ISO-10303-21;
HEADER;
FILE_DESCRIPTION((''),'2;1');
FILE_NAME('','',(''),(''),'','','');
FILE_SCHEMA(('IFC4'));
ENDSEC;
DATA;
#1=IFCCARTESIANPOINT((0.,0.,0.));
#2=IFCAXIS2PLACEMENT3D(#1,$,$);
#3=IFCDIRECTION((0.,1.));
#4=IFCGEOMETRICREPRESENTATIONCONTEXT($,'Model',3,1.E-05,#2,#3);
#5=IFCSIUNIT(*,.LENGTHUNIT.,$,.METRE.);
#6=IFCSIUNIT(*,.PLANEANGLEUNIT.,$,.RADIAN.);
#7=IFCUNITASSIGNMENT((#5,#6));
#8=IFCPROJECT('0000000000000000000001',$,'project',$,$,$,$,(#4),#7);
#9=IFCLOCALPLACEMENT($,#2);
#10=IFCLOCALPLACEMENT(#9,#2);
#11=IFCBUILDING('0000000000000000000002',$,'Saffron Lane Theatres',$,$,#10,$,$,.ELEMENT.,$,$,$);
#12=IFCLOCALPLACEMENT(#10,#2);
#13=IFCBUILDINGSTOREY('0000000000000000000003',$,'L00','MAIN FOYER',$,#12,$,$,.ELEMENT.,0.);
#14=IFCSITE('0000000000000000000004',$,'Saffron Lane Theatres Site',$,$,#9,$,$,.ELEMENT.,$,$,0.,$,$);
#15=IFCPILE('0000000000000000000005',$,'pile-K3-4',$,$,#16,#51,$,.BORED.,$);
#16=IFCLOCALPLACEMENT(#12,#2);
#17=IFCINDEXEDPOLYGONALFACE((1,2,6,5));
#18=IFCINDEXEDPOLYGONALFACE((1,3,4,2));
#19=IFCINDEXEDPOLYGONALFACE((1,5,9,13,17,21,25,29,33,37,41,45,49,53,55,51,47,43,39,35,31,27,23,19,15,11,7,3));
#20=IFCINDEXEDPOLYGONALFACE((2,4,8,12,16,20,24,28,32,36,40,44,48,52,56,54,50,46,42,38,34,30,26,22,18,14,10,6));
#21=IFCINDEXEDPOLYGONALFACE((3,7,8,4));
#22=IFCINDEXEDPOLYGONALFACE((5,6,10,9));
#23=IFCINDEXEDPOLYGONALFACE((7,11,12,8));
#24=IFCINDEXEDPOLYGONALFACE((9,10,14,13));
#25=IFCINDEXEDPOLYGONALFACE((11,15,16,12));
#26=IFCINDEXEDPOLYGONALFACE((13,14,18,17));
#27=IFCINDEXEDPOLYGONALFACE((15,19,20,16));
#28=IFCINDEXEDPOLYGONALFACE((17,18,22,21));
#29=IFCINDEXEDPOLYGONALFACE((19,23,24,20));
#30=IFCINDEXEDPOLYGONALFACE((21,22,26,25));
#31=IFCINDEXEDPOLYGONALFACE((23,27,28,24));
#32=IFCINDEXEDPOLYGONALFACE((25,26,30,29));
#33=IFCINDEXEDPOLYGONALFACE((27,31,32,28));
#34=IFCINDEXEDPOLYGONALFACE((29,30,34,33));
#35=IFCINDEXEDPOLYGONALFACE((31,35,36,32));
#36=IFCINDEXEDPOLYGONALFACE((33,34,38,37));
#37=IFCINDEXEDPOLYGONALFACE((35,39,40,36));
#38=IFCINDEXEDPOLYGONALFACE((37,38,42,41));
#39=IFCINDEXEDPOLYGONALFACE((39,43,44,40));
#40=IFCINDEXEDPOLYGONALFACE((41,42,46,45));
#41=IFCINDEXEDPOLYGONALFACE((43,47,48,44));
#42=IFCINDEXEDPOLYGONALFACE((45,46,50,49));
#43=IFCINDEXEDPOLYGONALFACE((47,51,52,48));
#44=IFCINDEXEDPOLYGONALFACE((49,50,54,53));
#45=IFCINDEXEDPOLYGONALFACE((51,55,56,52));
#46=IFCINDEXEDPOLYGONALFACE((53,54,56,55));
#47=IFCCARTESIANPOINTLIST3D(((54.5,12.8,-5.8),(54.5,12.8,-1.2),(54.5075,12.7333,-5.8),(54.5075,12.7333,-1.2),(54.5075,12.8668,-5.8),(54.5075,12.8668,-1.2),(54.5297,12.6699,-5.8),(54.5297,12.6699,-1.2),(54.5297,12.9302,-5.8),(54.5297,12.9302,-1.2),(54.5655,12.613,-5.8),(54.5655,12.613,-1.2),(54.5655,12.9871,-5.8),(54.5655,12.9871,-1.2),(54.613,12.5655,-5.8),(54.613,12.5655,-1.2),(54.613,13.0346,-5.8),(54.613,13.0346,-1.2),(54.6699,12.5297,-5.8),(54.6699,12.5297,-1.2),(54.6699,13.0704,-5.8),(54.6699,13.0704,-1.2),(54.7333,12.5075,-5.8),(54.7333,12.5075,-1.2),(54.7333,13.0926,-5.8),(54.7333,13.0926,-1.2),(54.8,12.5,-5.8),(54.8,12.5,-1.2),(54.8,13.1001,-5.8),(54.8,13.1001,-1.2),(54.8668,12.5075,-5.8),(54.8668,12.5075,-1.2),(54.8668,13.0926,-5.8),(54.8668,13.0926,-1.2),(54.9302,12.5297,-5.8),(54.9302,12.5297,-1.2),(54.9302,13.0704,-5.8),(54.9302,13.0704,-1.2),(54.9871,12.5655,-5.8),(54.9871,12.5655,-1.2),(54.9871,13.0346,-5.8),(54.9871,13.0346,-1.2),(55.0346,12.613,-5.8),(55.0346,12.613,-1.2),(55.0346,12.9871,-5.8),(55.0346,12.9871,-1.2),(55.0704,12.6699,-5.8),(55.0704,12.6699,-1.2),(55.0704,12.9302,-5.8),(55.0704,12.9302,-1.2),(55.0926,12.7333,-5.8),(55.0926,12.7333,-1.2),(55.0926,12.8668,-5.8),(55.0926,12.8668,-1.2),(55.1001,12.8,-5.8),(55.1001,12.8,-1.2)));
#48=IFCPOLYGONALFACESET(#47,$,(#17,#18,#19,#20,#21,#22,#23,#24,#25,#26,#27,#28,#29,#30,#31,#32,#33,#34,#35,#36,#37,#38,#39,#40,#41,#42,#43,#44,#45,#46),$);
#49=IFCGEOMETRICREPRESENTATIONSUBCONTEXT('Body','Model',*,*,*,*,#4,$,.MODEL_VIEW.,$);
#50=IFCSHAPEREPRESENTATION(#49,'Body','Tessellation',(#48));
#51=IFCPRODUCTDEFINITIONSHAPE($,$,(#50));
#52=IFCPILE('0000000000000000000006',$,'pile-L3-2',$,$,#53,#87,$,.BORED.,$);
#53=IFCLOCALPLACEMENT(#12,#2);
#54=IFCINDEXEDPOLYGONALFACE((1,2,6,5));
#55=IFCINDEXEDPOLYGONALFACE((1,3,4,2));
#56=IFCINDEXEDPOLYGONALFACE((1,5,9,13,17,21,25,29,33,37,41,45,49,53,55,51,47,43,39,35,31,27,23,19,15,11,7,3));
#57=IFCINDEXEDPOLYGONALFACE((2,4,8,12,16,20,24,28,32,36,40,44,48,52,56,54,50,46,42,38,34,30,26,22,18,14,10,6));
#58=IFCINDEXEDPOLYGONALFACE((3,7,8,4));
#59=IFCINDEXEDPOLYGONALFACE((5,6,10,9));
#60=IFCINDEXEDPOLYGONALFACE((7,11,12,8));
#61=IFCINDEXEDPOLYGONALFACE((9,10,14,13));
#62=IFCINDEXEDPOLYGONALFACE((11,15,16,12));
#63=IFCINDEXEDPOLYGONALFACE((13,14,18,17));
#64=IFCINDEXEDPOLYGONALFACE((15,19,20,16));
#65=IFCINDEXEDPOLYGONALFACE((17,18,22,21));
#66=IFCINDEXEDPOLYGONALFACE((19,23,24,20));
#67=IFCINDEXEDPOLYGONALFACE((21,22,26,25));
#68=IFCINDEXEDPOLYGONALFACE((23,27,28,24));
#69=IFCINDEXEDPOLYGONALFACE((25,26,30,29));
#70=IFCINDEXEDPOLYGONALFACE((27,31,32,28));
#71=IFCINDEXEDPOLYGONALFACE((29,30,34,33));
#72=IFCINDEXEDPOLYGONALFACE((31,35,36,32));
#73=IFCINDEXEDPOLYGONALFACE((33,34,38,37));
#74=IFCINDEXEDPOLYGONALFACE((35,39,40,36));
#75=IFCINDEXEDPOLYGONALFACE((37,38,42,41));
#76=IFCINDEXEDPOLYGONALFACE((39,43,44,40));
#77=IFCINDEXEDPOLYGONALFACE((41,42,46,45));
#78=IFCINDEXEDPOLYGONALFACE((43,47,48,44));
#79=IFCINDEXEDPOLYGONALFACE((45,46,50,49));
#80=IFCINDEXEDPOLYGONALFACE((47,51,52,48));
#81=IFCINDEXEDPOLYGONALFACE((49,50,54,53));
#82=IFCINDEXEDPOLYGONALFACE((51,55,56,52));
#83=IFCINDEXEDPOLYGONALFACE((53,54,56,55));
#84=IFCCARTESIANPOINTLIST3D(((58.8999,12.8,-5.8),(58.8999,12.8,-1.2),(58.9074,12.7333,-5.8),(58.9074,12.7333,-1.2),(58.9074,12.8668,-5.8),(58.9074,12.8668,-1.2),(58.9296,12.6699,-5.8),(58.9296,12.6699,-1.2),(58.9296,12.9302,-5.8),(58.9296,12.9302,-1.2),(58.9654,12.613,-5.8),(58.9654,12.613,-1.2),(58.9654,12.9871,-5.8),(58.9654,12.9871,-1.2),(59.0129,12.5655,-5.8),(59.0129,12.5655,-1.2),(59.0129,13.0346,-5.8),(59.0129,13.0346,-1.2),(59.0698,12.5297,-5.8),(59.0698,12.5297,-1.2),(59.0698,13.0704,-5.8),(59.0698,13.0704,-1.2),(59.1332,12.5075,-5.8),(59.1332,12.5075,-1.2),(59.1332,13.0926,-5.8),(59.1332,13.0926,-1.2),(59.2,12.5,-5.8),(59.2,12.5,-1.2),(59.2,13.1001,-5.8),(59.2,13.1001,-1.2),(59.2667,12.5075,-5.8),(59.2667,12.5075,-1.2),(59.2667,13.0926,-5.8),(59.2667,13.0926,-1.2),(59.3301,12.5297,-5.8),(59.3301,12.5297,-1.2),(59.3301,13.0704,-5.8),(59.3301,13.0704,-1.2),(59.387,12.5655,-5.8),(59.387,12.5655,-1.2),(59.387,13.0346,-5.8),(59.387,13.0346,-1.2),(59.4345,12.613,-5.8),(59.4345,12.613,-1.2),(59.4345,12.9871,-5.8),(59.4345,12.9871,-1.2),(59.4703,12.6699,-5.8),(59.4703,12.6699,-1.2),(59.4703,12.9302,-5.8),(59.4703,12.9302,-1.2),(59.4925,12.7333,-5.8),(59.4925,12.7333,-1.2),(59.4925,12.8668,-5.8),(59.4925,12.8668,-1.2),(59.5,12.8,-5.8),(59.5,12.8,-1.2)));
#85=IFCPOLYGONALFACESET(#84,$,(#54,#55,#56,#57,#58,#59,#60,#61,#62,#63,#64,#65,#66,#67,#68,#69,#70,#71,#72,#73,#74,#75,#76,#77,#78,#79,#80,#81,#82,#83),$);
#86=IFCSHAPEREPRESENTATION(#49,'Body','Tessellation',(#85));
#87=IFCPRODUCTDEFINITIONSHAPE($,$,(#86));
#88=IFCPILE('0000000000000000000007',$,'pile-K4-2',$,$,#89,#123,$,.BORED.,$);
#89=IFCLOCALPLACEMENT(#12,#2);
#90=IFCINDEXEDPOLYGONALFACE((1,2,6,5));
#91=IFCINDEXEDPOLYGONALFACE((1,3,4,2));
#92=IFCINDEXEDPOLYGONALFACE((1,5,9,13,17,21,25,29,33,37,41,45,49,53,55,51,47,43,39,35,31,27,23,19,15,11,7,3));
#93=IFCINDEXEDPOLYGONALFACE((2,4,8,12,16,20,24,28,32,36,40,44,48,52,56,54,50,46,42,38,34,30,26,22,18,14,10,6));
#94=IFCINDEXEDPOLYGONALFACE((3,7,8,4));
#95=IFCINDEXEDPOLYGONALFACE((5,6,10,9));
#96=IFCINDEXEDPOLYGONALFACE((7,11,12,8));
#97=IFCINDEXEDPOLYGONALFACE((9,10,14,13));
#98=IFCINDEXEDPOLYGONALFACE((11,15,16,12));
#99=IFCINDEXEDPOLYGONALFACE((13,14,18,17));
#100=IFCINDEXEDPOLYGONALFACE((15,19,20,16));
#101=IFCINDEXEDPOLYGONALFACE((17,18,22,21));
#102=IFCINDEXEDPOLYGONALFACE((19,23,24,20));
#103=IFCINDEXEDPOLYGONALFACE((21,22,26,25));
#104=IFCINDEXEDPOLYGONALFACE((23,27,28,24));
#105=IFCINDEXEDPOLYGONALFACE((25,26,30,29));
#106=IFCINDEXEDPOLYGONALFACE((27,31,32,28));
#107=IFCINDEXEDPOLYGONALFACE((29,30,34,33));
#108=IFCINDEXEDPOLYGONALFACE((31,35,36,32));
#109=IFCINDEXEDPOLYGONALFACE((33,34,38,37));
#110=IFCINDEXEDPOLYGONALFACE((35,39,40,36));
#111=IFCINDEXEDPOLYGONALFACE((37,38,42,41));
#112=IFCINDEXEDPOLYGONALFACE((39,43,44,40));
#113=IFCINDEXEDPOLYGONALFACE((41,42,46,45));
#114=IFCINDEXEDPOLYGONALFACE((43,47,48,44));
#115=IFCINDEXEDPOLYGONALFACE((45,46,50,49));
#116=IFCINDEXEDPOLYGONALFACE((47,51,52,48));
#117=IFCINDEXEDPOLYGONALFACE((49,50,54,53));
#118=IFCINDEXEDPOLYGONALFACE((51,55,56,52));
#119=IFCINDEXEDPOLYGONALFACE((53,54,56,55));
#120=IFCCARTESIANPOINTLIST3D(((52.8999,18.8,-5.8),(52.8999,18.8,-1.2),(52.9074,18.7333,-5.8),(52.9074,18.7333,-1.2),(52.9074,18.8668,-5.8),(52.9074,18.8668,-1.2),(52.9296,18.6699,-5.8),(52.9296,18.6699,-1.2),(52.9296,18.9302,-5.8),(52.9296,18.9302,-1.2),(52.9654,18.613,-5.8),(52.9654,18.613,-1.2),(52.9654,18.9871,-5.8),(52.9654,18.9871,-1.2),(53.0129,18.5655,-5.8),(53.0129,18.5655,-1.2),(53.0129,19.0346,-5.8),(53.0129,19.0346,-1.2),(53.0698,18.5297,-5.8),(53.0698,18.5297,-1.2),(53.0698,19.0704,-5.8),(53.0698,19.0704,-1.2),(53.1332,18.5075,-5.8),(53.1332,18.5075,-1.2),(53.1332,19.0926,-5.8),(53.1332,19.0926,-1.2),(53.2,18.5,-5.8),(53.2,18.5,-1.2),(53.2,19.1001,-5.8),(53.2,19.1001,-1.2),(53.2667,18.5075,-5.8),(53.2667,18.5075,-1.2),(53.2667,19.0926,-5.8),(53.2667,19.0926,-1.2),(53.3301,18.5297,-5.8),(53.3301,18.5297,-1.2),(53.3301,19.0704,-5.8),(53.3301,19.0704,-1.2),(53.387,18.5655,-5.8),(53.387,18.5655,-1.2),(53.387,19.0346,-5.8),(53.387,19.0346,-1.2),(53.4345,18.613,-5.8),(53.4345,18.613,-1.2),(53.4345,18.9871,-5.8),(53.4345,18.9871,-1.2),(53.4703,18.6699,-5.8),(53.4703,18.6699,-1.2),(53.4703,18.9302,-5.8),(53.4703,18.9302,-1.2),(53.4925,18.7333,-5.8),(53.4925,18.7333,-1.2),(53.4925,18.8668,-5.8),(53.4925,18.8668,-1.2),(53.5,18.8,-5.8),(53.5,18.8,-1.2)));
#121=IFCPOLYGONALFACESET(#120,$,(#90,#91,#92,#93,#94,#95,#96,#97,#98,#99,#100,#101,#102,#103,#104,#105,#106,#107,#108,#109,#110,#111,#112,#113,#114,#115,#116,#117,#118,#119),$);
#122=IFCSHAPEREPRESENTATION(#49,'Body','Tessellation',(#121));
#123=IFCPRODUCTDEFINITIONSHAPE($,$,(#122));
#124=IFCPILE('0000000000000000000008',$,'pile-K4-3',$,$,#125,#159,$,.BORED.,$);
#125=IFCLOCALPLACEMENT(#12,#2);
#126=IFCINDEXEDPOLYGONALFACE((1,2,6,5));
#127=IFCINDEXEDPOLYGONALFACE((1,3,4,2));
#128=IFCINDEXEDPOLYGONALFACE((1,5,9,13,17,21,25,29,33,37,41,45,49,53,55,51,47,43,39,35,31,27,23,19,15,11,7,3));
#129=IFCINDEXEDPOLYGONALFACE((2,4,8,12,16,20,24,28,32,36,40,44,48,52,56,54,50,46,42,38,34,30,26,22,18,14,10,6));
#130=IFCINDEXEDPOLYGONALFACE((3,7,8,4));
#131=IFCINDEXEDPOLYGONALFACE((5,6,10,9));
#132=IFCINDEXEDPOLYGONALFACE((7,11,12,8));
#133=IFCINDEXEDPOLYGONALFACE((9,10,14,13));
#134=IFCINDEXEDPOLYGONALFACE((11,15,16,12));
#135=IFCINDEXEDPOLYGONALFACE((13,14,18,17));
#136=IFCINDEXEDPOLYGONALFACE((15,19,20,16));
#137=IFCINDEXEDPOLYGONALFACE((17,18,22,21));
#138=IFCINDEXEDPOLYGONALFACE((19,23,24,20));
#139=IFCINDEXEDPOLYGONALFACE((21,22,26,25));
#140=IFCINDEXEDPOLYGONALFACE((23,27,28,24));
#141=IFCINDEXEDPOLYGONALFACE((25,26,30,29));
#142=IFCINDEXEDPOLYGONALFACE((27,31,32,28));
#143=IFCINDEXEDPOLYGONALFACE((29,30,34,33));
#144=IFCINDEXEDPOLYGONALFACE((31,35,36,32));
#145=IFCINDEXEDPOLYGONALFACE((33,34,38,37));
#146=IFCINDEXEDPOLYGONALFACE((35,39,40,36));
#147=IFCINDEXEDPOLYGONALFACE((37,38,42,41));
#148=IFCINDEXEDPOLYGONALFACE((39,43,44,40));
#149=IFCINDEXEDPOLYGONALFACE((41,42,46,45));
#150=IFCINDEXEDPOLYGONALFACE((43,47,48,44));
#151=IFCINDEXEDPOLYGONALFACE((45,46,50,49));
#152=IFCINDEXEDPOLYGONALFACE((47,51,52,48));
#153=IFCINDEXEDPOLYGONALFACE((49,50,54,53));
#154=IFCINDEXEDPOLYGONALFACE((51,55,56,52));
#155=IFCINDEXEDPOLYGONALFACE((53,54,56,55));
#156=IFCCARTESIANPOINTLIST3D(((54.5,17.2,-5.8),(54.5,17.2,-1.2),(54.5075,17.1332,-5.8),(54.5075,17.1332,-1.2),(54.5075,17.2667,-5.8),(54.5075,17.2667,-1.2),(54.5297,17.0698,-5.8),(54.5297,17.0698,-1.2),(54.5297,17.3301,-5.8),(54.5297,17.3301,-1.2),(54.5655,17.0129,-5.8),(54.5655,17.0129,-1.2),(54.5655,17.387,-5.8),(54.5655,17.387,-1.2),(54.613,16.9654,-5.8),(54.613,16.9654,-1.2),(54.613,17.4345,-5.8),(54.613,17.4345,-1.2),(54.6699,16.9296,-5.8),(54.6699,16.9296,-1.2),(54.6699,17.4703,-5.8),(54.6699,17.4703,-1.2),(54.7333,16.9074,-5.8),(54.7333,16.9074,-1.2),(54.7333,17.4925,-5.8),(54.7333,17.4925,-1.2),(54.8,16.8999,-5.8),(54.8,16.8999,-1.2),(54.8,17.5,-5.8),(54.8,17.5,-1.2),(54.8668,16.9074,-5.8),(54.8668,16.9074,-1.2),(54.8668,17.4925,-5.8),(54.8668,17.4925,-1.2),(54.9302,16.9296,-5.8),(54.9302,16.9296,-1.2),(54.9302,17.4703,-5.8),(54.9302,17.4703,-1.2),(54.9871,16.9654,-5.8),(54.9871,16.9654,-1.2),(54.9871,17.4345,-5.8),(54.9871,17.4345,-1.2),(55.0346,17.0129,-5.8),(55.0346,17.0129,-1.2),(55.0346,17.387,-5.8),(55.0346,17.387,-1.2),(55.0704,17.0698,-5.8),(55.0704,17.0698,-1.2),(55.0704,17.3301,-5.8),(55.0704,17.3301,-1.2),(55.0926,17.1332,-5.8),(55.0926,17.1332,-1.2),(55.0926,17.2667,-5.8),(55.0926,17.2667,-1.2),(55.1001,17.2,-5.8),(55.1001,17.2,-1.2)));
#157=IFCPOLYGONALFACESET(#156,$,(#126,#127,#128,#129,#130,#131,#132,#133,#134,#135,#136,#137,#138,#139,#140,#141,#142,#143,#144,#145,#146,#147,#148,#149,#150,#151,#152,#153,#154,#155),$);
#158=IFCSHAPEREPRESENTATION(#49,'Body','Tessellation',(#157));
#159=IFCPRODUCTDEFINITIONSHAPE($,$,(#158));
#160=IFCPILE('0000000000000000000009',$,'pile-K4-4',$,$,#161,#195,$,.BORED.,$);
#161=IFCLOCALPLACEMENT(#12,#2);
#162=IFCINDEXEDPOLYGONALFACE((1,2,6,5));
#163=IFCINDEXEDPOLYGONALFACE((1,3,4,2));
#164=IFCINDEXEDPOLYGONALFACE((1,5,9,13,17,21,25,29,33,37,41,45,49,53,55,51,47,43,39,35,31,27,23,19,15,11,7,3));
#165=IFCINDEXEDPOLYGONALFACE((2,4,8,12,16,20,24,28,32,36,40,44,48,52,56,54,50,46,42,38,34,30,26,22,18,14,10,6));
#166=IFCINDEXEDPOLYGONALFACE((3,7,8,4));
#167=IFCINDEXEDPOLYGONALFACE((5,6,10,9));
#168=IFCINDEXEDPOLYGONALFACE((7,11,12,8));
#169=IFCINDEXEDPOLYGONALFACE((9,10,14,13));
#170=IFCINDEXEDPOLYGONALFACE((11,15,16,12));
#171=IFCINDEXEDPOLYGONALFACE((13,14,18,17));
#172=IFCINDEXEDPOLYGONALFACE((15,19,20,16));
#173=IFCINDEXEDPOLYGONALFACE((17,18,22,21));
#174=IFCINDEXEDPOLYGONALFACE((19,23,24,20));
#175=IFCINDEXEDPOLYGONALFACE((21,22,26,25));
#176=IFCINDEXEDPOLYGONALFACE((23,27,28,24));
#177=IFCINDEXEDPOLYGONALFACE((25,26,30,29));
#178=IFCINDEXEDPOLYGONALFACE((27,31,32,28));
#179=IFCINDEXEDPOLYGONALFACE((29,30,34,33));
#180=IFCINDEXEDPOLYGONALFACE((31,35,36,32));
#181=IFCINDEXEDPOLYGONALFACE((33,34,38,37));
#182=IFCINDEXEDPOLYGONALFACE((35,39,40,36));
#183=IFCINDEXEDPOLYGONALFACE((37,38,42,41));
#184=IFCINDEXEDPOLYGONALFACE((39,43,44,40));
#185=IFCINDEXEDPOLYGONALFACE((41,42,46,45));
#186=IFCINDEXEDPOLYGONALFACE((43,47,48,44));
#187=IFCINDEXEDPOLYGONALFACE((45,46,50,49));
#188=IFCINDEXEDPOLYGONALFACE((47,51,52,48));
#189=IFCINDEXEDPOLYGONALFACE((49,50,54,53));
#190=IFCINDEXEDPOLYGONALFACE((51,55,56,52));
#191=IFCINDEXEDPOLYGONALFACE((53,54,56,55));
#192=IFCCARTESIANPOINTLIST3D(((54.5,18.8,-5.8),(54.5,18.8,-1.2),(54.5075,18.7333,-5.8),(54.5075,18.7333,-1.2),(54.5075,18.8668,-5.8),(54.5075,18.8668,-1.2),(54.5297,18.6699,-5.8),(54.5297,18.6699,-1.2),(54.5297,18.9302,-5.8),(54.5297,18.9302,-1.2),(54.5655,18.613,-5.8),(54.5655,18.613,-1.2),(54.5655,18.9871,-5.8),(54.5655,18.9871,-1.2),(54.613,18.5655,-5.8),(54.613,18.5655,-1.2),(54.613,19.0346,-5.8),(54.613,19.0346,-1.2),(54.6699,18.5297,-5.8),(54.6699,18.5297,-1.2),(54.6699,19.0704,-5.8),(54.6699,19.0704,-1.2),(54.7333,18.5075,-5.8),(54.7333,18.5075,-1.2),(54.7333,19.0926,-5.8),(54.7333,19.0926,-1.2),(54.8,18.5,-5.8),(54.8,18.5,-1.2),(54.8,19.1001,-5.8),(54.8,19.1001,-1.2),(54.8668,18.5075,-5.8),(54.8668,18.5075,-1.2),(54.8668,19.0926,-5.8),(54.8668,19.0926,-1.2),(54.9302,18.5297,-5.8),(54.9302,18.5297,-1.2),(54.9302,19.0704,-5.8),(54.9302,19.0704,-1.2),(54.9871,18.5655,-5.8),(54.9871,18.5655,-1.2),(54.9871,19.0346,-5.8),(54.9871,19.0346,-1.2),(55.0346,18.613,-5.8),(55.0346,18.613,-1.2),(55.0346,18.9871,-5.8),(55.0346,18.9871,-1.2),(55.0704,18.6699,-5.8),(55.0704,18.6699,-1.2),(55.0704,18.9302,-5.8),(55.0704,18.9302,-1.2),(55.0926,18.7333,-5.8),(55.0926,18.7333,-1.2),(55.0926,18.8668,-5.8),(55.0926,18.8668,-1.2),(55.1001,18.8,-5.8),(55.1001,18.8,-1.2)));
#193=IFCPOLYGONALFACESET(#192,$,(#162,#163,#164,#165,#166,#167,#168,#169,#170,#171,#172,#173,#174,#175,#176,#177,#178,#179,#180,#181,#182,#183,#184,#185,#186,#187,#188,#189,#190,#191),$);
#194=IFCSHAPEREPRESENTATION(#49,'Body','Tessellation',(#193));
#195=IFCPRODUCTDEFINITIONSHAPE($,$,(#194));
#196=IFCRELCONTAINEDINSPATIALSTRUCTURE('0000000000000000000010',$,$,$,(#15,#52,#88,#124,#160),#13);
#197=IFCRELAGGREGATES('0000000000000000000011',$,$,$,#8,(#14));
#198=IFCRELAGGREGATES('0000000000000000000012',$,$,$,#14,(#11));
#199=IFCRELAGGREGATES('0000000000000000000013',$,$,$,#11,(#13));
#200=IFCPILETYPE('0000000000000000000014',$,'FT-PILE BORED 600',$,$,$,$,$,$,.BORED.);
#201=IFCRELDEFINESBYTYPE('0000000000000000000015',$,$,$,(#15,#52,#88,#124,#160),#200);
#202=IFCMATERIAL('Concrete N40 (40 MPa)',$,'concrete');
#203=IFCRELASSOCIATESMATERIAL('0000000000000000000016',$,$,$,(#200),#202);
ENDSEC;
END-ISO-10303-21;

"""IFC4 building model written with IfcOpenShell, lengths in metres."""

from ifc_helpers import new_model, si_unit, direction, frame, origin, origin_2d, place, context, subcontext, project, spatial, circle, extrude, material, material_profile, profile_set, type_object, element, save


model = new_model("IFC4")

# Units and contexts
model_context = context("Model", 3, precision=1e-05, world=origin(), true_north=direction((0.0, 1.0)))
body_context = subcontext(model_context, "Body", "Model", "MODEL_VIEW")
ifc_project = project(units=[si_unit("LENGTHUNIT", "METRE"), si_unit("PLANEANGLEUNIT", "RADIAN")], contexts=[model_context])

# Site, building, storey
site_placement = place(None, origin())
site = spatial("IfcSite", under=ifc_project, at=site_placement, Name="Saffron Lane Theatres Site", CompositionType="ELEMENT", RefElevation=0.0)
building_placement = place(site_placement, origin())
building = spatial("IfcBuilding", under=site, at=building_placement, Name="Saffron Lane Theatres", CompositionType="ELEMENT")
storey_placement = place(building_placement, origin())
storey = spatial("IfcBuildingStorey", under=building, at=storey_placement, Name="L00", Description="MAIN FOYER", CompositionType="ELEMENT", Elevation=0.0)

# Piles
ifc_material_1 = material(Name="Concrete N40 (40 MPa)", Category="concrete")
ifc_material_profile_1 = material_profile(ifc_material_1, circle(Radius=0.3, at=origin_2d()))
ifc_profile_set_1 = profile_set([ifc_material_profile_1], Name="Concrete N40 (40 MPa)")
pile_type = type_object("IfcPileType", Name="FT-PILE BORED 600", PredefinedType="BORED", material=ifc_profile_set_1)
for number, where, z_axis, x_axis, name in (
    (1, (54.8, 12.8, -1.2), (0.0, 0.0, -1.0), (1.0, 0.0, 0.0), "pile-K3-4"),
    (2, (59.2, 12.8, -1.2), (0.0, 0.0, -1.0), (1.0, 0.0, 0.0), "pile-L3-2"),
    (3, (53.2, 18.8, -1.2), (0.0, 0.0, -1.0), (1.0, 0.0, 0.0), "pile-K4-2"),
    (4, (54.8, 17.2, -1.2), (0.0, 0.0, -1.0), (1.0, 0.0, 0.0), "pile-K4-3"),
    (5, (54.8, 18.8, -1.2), (0.0, 0.0, -1.0), (1.0, 0.0, 0.0), "pile-K4-4"),
):
    element("IfcPile", number, at=place(storey_placement, frame(where, z_axis=z_axis, x_axis=x_axis)), inside=storey, type_object=pile_type, Name=name, PredefinedType="BORED", context=body_context, shape_type="SweptSolid", body=[
        extrude(circle(Radius=0.3, at=origin_2d()), origin(), (0.0, 0.0, 1.0), 4.6001),
    ])

save(model, "model.ifc")
